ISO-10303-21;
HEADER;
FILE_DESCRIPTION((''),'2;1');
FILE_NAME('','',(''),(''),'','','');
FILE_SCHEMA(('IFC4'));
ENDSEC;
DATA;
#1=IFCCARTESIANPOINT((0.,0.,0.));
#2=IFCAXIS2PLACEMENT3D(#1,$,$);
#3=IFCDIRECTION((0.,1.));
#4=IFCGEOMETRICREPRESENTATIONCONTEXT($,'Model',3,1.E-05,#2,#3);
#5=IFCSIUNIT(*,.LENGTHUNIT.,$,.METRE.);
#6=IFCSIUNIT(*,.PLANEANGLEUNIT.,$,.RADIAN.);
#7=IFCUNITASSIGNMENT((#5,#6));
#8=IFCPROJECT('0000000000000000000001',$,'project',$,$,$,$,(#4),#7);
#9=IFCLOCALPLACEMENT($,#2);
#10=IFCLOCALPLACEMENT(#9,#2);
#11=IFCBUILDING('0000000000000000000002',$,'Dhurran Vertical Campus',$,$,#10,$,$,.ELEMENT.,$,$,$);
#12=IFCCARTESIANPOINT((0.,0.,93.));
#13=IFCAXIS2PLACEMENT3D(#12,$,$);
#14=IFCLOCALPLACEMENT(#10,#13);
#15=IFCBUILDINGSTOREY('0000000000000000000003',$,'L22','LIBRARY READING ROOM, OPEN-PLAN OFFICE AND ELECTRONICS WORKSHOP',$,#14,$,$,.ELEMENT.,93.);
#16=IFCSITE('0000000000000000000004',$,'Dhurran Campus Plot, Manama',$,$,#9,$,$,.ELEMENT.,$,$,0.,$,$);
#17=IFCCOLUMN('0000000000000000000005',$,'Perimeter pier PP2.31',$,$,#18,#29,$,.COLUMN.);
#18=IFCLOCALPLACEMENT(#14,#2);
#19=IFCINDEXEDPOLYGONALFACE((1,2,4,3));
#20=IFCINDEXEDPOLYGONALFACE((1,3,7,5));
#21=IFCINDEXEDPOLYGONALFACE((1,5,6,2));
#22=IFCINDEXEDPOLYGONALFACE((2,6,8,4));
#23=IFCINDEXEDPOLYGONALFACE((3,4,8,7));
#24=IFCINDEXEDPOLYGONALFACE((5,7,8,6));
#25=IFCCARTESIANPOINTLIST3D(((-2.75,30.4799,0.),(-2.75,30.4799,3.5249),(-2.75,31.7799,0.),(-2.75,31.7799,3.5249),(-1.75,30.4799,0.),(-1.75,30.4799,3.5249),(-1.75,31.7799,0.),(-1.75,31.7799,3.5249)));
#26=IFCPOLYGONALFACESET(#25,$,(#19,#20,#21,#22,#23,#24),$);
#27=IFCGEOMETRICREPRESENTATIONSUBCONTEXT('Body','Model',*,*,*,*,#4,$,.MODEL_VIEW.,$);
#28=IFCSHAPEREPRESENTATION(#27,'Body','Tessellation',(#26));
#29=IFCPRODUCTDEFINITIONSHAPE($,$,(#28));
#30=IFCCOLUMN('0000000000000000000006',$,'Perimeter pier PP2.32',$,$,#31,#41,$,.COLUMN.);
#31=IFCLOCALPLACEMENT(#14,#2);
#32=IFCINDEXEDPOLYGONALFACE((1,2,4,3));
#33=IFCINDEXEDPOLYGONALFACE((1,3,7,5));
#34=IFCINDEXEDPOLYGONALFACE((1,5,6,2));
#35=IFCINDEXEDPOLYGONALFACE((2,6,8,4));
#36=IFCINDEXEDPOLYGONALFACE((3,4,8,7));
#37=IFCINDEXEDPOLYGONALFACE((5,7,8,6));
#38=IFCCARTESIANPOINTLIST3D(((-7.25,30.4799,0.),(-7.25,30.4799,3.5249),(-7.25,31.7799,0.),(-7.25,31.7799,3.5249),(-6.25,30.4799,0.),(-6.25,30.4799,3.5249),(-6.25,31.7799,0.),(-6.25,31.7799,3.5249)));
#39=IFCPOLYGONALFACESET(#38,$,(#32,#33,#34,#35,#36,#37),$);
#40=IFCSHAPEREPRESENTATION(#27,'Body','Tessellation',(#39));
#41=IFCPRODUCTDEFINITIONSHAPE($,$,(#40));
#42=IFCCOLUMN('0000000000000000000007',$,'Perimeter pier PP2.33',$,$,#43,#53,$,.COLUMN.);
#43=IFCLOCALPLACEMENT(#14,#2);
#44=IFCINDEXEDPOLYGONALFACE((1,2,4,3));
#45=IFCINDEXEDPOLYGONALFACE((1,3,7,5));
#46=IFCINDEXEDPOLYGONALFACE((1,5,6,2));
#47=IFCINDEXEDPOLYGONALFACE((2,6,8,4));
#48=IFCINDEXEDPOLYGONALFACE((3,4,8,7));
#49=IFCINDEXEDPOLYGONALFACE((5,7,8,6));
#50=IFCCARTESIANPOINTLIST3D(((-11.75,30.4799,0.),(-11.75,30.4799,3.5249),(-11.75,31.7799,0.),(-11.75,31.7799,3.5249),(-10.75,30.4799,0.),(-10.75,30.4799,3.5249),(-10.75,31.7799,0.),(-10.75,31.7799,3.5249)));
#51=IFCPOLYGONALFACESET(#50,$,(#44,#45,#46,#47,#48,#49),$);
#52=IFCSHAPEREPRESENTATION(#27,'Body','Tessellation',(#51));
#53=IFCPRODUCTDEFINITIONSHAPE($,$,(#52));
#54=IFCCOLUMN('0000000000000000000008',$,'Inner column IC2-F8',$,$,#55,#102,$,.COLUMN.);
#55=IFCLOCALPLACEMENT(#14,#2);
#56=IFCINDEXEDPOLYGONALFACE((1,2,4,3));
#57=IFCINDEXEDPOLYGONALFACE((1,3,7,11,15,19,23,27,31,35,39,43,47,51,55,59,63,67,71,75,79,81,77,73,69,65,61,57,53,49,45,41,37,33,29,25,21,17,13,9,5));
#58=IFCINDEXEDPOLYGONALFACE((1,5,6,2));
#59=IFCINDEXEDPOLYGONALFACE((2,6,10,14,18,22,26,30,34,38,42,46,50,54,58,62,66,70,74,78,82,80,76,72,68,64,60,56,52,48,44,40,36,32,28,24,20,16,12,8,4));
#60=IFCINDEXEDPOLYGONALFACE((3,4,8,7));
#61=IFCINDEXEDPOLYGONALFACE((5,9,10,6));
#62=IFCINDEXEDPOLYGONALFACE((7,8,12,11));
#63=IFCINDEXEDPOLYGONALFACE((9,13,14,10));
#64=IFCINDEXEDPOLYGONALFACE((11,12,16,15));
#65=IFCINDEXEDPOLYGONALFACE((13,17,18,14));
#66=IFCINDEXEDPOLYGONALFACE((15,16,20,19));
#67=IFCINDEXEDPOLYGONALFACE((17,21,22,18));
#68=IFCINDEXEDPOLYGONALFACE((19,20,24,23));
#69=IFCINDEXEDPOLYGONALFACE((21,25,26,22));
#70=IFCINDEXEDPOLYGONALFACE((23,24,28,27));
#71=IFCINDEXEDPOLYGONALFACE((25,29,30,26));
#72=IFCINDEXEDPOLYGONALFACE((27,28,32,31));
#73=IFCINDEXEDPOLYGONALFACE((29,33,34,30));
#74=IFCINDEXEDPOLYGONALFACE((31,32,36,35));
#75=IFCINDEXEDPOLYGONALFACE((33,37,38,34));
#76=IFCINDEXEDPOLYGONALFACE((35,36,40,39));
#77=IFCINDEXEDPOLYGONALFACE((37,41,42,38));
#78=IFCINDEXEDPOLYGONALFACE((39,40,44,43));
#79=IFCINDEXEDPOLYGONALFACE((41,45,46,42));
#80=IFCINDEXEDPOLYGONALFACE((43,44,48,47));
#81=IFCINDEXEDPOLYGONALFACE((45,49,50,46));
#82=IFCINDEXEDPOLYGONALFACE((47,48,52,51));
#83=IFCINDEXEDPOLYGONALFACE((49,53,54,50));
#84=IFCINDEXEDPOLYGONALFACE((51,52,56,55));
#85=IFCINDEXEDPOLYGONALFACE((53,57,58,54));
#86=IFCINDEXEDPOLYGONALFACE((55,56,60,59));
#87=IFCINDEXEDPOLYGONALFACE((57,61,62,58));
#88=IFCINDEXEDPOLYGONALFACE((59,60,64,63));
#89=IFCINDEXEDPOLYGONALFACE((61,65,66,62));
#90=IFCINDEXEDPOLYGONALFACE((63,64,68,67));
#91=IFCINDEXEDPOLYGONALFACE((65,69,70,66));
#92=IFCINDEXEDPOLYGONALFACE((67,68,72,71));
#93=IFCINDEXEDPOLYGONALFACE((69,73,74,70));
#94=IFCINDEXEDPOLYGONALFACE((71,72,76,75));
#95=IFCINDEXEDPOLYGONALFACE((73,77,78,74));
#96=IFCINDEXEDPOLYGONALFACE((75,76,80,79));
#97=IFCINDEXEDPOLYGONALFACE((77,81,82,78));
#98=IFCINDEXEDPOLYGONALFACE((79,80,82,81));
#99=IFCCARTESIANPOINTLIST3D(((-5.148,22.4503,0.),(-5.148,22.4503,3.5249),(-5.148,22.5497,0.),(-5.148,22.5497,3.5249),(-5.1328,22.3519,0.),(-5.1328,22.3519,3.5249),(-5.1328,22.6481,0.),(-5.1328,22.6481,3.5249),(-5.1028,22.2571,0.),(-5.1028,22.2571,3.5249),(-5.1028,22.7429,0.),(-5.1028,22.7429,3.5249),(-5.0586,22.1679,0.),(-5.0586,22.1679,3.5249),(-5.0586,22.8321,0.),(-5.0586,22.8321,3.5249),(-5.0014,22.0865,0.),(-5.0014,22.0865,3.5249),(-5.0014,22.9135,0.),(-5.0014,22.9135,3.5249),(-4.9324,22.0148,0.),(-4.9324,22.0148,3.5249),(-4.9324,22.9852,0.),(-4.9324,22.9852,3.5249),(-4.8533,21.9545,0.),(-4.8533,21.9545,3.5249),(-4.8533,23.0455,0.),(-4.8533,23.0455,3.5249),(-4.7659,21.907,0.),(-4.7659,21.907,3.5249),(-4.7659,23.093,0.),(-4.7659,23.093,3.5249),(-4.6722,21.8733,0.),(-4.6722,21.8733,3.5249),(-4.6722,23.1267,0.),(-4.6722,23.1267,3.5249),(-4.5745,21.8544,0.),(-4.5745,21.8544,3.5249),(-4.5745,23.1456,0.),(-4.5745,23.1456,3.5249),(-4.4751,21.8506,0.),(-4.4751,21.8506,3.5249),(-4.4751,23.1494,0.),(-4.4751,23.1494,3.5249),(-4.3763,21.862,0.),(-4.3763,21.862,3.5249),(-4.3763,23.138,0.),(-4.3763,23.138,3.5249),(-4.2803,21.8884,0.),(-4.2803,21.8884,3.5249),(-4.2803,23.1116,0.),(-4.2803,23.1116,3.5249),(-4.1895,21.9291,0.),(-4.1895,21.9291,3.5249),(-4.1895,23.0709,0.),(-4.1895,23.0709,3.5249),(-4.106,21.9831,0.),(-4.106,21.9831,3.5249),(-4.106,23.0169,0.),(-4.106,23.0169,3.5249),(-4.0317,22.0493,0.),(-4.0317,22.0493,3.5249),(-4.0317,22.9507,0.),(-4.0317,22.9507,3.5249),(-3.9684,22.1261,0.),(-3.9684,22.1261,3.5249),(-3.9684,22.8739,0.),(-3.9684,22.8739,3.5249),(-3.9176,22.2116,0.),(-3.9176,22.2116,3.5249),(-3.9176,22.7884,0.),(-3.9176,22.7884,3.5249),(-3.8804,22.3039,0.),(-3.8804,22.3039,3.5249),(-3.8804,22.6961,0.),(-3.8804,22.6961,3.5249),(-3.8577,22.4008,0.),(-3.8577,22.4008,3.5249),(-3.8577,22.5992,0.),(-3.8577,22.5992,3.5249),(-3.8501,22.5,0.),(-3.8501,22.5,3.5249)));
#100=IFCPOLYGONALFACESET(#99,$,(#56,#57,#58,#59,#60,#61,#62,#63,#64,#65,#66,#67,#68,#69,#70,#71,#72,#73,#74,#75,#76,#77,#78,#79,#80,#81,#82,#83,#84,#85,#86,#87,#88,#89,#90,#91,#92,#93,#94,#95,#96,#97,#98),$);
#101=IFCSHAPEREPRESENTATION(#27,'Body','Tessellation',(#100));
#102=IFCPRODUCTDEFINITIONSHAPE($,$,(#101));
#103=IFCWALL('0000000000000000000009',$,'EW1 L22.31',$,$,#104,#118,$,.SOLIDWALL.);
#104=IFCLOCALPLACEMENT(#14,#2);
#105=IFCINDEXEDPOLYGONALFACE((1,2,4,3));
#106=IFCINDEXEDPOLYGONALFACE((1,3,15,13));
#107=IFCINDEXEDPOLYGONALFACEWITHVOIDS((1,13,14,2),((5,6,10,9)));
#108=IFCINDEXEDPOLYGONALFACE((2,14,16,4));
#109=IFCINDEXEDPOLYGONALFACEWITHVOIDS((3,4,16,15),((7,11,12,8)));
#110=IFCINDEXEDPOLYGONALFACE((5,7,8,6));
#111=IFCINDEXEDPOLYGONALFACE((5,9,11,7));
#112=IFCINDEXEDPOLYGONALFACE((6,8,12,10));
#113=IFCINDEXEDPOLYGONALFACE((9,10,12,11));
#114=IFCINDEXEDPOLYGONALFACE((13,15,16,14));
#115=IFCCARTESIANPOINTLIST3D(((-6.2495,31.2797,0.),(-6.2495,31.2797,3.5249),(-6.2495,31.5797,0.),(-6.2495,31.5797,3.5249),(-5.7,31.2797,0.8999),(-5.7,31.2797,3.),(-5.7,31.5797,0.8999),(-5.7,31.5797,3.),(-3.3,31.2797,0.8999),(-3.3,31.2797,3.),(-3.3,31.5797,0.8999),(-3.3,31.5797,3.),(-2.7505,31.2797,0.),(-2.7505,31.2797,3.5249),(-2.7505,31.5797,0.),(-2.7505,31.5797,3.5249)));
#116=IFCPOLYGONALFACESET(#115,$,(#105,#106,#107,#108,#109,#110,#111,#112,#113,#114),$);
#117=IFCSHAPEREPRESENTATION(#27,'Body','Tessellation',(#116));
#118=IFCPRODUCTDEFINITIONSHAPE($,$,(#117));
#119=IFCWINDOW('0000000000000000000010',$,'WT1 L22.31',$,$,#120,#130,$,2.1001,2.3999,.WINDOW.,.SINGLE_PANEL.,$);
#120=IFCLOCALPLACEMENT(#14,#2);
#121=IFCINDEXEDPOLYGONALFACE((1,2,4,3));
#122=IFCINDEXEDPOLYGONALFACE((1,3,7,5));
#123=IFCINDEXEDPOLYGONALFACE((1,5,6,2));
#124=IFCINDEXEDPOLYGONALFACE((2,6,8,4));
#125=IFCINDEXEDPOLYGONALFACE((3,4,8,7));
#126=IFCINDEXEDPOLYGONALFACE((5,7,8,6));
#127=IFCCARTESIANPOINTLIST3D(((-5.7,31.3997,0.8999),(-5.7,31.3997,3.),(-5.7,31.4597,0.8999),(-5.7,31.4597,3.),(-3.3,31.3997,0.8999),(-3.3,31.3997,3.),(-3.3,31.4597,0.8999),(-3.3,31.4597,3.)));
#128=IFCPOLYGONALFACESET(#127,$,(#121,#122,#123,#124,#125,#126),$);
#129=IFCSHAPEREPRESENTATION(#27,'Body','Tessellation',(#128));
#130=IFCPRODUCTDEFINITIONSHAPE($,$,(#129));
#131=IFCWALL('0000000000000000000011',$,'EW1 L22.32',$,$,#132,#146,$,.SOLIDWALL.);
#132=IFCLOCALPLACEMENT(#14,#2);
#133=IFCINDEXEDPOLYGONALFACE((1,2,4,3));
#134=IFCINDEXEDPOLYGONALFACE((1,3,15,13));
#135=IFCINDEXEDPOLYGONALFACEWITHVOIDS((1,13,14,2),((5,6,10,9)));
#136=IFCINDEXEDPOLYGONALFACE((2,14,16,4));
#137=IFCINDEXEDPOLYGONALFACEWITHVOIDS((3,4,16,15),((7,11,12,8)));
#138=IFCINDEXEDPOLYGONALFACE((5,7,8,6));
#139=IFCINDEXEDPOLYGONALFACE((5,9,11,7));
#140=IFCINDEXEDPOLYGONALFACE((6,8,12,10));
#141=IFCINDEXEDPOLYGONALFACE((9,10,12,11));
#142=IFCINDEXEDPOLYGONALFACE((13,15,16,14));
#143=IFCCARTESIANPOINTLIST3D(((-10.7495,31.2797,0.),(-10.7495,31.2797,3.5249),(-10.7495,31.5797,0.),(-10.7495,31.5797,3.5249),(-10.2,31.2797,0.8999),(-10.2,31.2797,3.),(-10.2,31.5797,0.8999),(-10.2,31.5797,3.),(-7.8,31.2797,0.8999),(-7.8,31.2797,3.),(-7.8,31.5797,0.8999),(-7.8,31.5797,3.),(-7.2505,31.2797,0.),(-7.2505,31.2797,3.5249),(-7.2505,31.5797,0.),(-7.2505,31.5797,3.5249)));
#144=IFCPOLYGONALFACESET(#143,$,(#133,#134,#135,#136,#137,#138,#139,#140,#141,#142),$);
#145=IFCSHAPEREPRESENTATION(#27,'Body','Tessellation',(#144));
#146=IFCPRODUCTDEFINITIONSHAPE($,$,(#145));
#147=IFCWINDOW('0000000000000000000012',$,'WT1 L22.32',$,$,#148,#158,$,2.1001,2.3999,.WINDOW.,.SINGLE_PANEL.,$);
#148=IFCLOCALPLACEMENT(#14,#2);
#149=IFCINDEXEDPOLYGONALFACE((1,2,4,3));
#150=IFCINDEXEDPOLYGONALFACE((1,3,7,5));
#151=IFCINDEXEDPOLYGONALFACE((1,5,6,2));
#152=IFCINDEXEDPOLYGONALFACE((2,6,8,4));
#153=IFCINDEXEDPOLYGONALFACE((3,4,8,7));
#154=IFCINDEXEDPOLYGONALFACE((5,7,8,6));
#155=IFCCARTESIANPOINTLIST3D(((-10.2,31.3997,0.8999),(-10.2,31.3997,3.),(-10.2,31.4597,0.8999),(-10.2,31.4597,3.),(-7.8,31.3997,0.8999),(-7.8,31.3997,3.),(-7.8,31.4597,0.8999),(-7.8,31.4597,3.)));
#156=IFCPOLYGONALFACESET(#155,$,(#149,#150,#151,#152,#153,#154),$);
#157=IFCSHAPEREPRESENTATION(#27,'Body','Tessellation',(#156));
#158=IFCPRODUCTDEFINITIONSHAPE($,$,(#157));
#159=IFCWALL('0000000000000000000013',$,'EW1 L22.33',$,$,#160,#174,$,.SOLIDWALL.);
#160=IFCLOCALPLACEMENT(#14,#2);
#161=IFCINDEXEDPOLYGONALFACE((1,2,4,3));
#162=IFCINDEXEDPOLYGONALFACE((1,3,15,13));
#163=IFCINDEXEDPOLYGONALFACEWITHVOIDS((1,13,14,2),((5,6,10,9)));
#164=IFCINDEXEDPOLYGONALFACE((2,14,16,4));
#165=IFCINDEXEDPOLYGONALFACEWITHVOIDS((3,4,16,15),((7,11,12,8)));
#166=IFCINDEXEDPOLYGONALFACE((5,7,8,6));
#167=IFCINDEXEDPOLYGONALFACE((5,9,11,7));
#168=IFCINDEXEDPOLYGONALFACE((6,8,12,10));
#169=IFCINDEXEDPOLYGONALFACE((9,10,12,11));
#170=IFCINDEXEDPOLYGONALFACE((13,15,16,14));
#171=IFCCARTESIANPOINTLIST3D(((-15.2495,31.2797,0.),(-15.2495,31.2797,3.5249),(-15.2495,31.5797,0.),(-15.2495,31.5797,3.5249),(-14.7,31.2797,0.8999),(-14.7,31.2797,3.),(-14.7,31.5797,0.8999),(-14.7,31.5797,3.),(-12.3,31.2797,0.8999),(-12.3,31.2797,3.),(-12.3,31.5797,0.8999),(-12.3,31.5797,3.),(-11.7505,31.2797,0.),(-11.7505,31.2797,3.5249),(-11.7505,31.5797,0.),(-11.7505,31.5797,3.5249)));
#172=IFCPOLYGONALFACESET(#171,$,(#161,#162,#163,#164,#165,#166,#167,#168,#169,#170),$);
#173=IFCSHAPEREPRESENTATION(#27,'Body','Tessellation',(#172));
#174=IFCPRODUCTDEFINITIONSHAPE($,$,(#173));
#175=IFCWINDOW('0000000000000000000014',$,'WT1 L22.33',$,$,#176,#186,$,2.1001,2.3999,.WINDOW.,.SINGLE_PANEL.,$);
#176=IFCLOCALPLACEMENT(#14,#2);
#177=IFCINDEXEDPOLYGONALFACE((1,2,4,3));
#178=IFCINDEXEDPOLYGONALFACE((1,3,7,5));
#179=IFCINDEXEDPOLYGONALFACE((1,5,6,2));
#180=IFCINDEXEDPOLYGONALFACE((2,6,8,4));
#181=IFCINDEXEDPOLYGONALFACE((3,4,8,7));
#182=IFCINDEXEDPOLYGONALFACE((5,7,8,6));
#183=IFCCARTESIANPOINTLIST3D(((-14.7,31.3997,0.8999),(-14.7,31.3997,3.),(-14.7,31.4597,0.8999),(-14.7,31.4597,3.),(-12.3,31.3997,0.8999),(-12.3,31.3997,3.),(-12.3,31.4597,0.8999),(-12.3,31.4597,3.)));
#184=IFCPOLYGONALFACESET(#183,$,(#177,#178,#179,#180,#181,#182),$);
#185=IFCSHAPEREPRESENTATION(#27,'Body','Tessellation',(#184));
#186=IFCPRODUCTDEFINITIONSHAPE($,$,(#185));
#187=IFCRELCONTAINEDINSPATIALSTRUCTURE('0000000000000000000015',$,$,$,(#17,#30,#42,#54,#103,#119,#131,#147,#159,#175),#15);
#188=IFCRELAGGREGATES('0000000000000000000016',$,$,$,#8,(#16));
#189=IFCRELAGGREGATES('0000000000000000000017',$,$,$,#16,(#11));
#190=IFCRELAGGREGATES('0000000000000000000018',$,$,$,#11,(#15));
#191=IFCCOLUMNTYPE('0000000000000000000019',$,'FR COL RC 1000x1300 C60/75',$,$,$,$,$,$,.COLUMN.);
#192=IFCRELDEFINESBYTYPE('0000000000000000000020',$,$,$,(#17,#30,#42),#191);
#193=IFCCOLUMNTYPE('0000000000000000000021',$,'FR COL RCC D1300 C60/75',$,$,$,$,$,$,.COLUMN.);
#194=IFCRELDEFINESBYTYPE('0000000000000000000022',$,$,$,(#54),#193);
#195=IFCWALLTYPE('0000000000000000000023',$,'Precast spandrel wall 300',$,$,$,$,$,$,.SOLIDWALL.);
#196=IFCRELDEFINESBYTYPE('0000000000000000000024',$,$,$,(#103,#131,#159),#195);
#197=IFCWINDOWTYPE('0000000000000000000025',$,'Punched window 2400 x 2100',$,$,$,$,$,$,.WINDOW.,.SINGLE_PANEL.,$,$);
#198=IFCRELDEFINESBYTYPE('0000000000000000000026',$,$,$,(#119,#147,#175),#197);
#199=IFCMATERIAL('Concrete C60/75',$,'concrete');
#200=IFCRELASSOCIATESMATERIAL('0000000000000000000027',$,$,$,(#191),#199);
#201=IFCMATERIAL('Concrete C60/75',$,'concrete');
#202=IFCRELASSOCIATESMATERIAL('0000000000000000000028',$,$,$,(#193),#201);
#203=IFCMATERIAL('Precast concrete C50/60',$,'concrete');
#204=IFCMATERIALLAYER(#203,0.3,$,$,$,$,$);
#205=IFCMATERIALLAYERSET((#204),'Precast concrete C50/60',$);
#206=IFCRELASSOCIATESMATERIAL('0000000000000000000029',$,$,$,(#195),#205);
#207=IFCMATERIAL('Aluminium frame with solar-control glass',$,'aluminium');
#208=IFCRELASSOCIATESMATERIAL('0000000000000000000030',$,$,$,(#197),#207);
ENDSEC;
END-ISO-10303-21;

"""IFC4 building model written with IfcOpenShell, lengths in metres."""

from ifc_helpers import new_model, si_unit, direction, frame, frame_2d, origin, origin_2d, place, context, subcontext, project, spatial, rectangle, circle, extrude, material, layer, layer_set, material_profile, profile_set, type_object, element, fill, save


model = new_model("IFC4")

# Units and contexts
model_context = context("Model", 3, precision=1e-05, world=origin(), true_north=direction((0.0, 1.0)))
body_context = subcontext(model_context, "Body", "Model", "MODEL_VIEW")
ifc_project = project(units=[si_unit("LENGTHUNIT", "METRE"), si_unit("PLANEANGLEUNIT", "RADIAN")], contexts=[model_context])

# Site, building, storey
site_placement = place(None, origin())
site = spatial("IfcSite", under=ifc_project, at=site_placement, Name="Dhurran Campus Plot, Manama", CompositionType="ELEMENT", RefElevation=0.0)
building_placement = place(site_placement, origin())
building = spatial("IfcBuilding", under=site, at=building_placement, Name="Dhurran Vertical Campus", CompositionType="ELEMENT")
storey_placement = place(building_placement, frame((0.0, 0.0, 93.0)))
storey = spatial("IfcBuildingStorey", under=building, at=storey_placement, Name="L22", Description="LIBRARY READING ROOM, OPEN-PLAN OFFICE AND ELECTRONICS WORKSHOP", CompositionType="ELEMENT", Elevation=93.0)

# Columns
ifc_material_1 = material(Name="Concrete C60/75", Category="concrete")
ifc_material_profile_1 = material_profile(ifc_material_1, rectangle(XDim=1.0, YDim=1.3, at=origin_2d()), Name="RC 1000x1300")
ifc_profile_set_1 = profile_set([ifc_material_profile_1], Name="Concrete C60/75")
column_type_1 = type_object("IfcColumnType", Name="FR COL RC 1000x1300 C60/75", PredefinedType="COLUMN", material=ifc_profile_set_1)
for number, where, z_axis, x_axis, name in (
    (1, (-2.25, 31.1299, 0.0), (0.0, 0.0, 1.0), (-1.0, 0.0, 0.0), "Perimeter pier PP2.31"),
    (2, (-6.75, 31.1299, 0.0), (0.0, 0.0, 1.0), (-1.0, 0.0, 0.0), "Perimeter pier PP2.32"),
    (3, (-11.25, 31.1299, 0.0), (0.0, 0.0, 1.0), (-1.0, 0.0, 0.0), "Perimeter pier PP2.33"),
):
    element("IfcColumn", number, at=place(storey_placement, frame(where, z_axis=z_axis, x_axis=x_axis)), inside=storey, type_object=column_type_1, Name=name, PredefinedType="COLUMN", context=body_context, shape_type="SweptSolid", body=[
        extrude(rectangle(XDim=1.0, YDim=1.3, at=origin_2d()), origin(), (0.0, 0.0, 1.0), 3.5249),
    ])
ifc_material_2 = material(Name="Concrete C60/75", Category="concrete")
ifc_material_profile_2 = material_profile(ifc_material_2, circle(Radius=0.6499, at=origin_2d()), Name="RCC D1300")
ifc_profile_set_2 = profile_set([ifc_material_profile_2], Name="Concrete C60/75")
column_type_2 = type_object("IfcColumnType", Name="FR COL RCC D1300 C60/75", PredefinedType="COLUMN", material=ifc_profile_set_2)
column_placement = place(storey_placement, frame((-4.5, 22.5, 0.0), z_axis=(0.0, 0.0, 1.0), x_axis=(1.0, 0.0, 0.0)))
element("IfcColumn", 4, at=column_placement, inside=storey, type_object=column_type_2, Name="Inner column IC2-F8", PredefinedType="COLUMN", context=body_context, shape_type="SweptSolid", body=[
    extrude(circle(Radius=0.6499, at=origin_2d()), origin(), (0.0, 0.0, 1.0), 3.5249),
])

# Walls, openings, windows
ifc_material_3 = material(Name="Precast concrete C50/60", Category="concrete")
ifc_layer_1 = layer(ifc_material_3, 0.3)
ifc_layer_set_1 = layer_set([ifc_layer_1], Name="Precast concrete C50/60")
wall_type_1 = type_object("IfcWallType", Name="Precast spandrel wall 300", PredefinedType="SOLIDWALL", material=ifc_layer_set_1)
wall_1_placement = place(storey_placement, frame((-2.7505, 31.4297, 0.0), z_axis=(0.0, 0.0, 1.0), x_axis=(-1.0, 0.0, 0.0)))
wall_1 = element("IfcWall", 5, at=wall_1_placement, inside=storey, type_object=wall_type_1, Name="EW1 L22.31", PredefinedType="SOLIDWALL", context=body_context, shape_type="SweptSolid", body=[
    extrude(rectangle(XDim=3.499, YDim=0.3, at=frame_2d((1.7495, 0.0))), origin(), (0.0, 0.0, 1.0), 3.5249),
])
opening_1_placement = place(wall_1_placement, frame((0.5496, 0.0, 0.8999)))
opening_1 = element("IfcOpeningElement", 6, at=opening_1_placement, cuts=wall_1, PredefinedType="OPENING", context=body_context, shape_type="SweptSolid", body=[
    extrude(rectangle(XDim=2.3999, YDim=2.1001, at=frame_2d((1.2, 1.05))), frame((0.0, 0.1599, 0.0), z_axis=(0.0, -1.0, 0.0), x_axis=(1.0, 0.0, 0.0)), (0.0, 0.0, 1.0), 0.3201),
])
ifc_material_4 = material(Name="Aluminium frame with solar-control glass", Category="aluminium")
window_type = type_object("IfcWindowType", Name="Punched window 2400 x 2100", PartitioningType="SINGLE_PANEL", PredefinedType="WINDOW", material=ifc_material_4)
window_1_placement = place(opening_1_placement, origin())
window_1 = element("IfcWindow", 7, at=window_1_placement, inside=storey, type_object=window_type, Name="WT1 L22.31", OverallHeight=2.1001, OverallWidth=2.3999, PartitioningType="SINGLE_PANEL", PredefinedType="WINDOW", context=body_context, shape_type="SweptSolid", body=[
    extrude(rectangle(XDim=2.3999, YDim=2.1001, at=frame_2d((1.2, 1.05))), frame((0.0, 0.03, 0.0), z_axis=(0.0, -1.0, 0.0), x_axis=(1.0, 0.0, 0.0)), (0.0, 0.0, 1.0), 0.0601),
])
fill(opening_1, window_1)
wall_2_placement = place(storey_placement, frame((-7.2505, 31.4297, 0.0), z_axis=(0.0, 0.0, 1.0), x_axis=(-1.0, 0.0, 0.0)))
wall_2 = element("IfcWall", 8, at=wall_2_placement, inside=storey, type_object=wall_type_1, Name="EW1 L22.32", PredefinedType="SOLIDWALL", context=body_context, shape_type="SweptSolid", body=[
    extrude(rectangle(XDim=3.499, YDim=0.3, at=frame_2d((1.7495, 0.0))), origin(), (0.0, 0.0, 1.0), 3.5249),
])
opening_2_placement = place(wall_2_placement, frame((0.5496, 0.0, 0.8999)))
opening_2 = element("IfcOpeningElement", 9, at=opening_2_placement, cuts=wall_2, PredefinedType="OPENING", context=body_context, shape_type="SweptSolid", body=[
    extrude(rectangle(XDim=2.3999, YDim=2.1001, at=frame_2d((1.2, 1.05))), frame((0.0, 0.1599, 0.0), z_axis=(0.0, -1.0, 0.0), x_axis=(1.0, 0.0, 0.0)), (0.0, 0.0, 1.0), 0.3201),
])
window_2_placement = place(opening_2_placement, origin())
window_2 = element("IfcWindow", 10, at=window_2_placement, inside=storey, type_object=window_type, Name="WT1 L22.32", OverallHeight=2.1001, OverallWidth=2.3999, PartitioningType="SINGLE_PANEL", PredefinedType="WINDOW", context=body_context, shape_type="SweptSolid", body=[
    extrude(rectangle(XDim=2.3999, YDim=2.1001, at=frame_2d((1.2, 1.05))), frame((0.0, 0.03, 0.0), z_axis=(0.0, -1.0, 0.0), x_axis=(1.0, 0.0, 0.0)), (0.0, 0.0, 1.0), 0.0601),
])
fill(opening_2, window_2)
wall_3_placement = place(storey_placement, frame((-11.7505, 31.4297, 0.0), z_axis=(0.0, 0.0, 1.0), x_axis=(-1.0, 0.0, 0.0)))
wall_3 = element("IfcWall", 11, at=wall_3_placement, inside=storey, type_object=wall_type_1, Name="EW1 L22.33", PredefinedType="SOLIDWALL", context=body_context, shape_type="SweptSolid", body=[
    extrude(rectangle(XDim=3.499, YDim=0.3, at=frame_2d((1.7495, 0.0))), origin(), (0.0, 0.0, 1.0), 3.5249),
])
opening_3_placement = place(wall_3_placement, frame((0.5496, 0.0, 0.8999)))
opening_3 = element("IfcOpeningElement", 12, at=opening_3_placement, cuts=wall_3, PredefinedType="OPENING", context=body_context, shape_type="SweptSolid", body=[
    extrude(rectangle(XDim=2.3999, YDim=2.1001, at=frame_2d((1.2, 1.05))), frame((0.0, 0.1599, 0.0), z_axis=(0.0, -1.0, 0.0), x_axis=(1.0, 0.0, 0.0)), (0.0, 0.0, 1.0), 0.3201),
])
window_3_placement = place(opening_3_placement, origin())
window_3 = element("IfcWindow", 13, at=window_3_placement, inside=storey, type_object=window_type, Name="WT1 L22.33", OverallHeight=2.1001, OverallWidth=2.3999, PartitioningType="SINGLE_PANEL", PredefinedType="WINDOW", context=body_context, shape_type="SweptSolid", body=[
    extrude(rectangle(XDim=2.3999, YDim=2.1001, at=frame_2d((1.2, 1.05))), frame((0.0, 0.03, 0.0), z_axis=(0.0, -1.0, 0.0), x_axis=(1.0, 0.0, 0.0)), (0.0, 0.0, 1.0), 0.0601),
])
fill(opening_3, window_3)

save(model, "model.ifc")
